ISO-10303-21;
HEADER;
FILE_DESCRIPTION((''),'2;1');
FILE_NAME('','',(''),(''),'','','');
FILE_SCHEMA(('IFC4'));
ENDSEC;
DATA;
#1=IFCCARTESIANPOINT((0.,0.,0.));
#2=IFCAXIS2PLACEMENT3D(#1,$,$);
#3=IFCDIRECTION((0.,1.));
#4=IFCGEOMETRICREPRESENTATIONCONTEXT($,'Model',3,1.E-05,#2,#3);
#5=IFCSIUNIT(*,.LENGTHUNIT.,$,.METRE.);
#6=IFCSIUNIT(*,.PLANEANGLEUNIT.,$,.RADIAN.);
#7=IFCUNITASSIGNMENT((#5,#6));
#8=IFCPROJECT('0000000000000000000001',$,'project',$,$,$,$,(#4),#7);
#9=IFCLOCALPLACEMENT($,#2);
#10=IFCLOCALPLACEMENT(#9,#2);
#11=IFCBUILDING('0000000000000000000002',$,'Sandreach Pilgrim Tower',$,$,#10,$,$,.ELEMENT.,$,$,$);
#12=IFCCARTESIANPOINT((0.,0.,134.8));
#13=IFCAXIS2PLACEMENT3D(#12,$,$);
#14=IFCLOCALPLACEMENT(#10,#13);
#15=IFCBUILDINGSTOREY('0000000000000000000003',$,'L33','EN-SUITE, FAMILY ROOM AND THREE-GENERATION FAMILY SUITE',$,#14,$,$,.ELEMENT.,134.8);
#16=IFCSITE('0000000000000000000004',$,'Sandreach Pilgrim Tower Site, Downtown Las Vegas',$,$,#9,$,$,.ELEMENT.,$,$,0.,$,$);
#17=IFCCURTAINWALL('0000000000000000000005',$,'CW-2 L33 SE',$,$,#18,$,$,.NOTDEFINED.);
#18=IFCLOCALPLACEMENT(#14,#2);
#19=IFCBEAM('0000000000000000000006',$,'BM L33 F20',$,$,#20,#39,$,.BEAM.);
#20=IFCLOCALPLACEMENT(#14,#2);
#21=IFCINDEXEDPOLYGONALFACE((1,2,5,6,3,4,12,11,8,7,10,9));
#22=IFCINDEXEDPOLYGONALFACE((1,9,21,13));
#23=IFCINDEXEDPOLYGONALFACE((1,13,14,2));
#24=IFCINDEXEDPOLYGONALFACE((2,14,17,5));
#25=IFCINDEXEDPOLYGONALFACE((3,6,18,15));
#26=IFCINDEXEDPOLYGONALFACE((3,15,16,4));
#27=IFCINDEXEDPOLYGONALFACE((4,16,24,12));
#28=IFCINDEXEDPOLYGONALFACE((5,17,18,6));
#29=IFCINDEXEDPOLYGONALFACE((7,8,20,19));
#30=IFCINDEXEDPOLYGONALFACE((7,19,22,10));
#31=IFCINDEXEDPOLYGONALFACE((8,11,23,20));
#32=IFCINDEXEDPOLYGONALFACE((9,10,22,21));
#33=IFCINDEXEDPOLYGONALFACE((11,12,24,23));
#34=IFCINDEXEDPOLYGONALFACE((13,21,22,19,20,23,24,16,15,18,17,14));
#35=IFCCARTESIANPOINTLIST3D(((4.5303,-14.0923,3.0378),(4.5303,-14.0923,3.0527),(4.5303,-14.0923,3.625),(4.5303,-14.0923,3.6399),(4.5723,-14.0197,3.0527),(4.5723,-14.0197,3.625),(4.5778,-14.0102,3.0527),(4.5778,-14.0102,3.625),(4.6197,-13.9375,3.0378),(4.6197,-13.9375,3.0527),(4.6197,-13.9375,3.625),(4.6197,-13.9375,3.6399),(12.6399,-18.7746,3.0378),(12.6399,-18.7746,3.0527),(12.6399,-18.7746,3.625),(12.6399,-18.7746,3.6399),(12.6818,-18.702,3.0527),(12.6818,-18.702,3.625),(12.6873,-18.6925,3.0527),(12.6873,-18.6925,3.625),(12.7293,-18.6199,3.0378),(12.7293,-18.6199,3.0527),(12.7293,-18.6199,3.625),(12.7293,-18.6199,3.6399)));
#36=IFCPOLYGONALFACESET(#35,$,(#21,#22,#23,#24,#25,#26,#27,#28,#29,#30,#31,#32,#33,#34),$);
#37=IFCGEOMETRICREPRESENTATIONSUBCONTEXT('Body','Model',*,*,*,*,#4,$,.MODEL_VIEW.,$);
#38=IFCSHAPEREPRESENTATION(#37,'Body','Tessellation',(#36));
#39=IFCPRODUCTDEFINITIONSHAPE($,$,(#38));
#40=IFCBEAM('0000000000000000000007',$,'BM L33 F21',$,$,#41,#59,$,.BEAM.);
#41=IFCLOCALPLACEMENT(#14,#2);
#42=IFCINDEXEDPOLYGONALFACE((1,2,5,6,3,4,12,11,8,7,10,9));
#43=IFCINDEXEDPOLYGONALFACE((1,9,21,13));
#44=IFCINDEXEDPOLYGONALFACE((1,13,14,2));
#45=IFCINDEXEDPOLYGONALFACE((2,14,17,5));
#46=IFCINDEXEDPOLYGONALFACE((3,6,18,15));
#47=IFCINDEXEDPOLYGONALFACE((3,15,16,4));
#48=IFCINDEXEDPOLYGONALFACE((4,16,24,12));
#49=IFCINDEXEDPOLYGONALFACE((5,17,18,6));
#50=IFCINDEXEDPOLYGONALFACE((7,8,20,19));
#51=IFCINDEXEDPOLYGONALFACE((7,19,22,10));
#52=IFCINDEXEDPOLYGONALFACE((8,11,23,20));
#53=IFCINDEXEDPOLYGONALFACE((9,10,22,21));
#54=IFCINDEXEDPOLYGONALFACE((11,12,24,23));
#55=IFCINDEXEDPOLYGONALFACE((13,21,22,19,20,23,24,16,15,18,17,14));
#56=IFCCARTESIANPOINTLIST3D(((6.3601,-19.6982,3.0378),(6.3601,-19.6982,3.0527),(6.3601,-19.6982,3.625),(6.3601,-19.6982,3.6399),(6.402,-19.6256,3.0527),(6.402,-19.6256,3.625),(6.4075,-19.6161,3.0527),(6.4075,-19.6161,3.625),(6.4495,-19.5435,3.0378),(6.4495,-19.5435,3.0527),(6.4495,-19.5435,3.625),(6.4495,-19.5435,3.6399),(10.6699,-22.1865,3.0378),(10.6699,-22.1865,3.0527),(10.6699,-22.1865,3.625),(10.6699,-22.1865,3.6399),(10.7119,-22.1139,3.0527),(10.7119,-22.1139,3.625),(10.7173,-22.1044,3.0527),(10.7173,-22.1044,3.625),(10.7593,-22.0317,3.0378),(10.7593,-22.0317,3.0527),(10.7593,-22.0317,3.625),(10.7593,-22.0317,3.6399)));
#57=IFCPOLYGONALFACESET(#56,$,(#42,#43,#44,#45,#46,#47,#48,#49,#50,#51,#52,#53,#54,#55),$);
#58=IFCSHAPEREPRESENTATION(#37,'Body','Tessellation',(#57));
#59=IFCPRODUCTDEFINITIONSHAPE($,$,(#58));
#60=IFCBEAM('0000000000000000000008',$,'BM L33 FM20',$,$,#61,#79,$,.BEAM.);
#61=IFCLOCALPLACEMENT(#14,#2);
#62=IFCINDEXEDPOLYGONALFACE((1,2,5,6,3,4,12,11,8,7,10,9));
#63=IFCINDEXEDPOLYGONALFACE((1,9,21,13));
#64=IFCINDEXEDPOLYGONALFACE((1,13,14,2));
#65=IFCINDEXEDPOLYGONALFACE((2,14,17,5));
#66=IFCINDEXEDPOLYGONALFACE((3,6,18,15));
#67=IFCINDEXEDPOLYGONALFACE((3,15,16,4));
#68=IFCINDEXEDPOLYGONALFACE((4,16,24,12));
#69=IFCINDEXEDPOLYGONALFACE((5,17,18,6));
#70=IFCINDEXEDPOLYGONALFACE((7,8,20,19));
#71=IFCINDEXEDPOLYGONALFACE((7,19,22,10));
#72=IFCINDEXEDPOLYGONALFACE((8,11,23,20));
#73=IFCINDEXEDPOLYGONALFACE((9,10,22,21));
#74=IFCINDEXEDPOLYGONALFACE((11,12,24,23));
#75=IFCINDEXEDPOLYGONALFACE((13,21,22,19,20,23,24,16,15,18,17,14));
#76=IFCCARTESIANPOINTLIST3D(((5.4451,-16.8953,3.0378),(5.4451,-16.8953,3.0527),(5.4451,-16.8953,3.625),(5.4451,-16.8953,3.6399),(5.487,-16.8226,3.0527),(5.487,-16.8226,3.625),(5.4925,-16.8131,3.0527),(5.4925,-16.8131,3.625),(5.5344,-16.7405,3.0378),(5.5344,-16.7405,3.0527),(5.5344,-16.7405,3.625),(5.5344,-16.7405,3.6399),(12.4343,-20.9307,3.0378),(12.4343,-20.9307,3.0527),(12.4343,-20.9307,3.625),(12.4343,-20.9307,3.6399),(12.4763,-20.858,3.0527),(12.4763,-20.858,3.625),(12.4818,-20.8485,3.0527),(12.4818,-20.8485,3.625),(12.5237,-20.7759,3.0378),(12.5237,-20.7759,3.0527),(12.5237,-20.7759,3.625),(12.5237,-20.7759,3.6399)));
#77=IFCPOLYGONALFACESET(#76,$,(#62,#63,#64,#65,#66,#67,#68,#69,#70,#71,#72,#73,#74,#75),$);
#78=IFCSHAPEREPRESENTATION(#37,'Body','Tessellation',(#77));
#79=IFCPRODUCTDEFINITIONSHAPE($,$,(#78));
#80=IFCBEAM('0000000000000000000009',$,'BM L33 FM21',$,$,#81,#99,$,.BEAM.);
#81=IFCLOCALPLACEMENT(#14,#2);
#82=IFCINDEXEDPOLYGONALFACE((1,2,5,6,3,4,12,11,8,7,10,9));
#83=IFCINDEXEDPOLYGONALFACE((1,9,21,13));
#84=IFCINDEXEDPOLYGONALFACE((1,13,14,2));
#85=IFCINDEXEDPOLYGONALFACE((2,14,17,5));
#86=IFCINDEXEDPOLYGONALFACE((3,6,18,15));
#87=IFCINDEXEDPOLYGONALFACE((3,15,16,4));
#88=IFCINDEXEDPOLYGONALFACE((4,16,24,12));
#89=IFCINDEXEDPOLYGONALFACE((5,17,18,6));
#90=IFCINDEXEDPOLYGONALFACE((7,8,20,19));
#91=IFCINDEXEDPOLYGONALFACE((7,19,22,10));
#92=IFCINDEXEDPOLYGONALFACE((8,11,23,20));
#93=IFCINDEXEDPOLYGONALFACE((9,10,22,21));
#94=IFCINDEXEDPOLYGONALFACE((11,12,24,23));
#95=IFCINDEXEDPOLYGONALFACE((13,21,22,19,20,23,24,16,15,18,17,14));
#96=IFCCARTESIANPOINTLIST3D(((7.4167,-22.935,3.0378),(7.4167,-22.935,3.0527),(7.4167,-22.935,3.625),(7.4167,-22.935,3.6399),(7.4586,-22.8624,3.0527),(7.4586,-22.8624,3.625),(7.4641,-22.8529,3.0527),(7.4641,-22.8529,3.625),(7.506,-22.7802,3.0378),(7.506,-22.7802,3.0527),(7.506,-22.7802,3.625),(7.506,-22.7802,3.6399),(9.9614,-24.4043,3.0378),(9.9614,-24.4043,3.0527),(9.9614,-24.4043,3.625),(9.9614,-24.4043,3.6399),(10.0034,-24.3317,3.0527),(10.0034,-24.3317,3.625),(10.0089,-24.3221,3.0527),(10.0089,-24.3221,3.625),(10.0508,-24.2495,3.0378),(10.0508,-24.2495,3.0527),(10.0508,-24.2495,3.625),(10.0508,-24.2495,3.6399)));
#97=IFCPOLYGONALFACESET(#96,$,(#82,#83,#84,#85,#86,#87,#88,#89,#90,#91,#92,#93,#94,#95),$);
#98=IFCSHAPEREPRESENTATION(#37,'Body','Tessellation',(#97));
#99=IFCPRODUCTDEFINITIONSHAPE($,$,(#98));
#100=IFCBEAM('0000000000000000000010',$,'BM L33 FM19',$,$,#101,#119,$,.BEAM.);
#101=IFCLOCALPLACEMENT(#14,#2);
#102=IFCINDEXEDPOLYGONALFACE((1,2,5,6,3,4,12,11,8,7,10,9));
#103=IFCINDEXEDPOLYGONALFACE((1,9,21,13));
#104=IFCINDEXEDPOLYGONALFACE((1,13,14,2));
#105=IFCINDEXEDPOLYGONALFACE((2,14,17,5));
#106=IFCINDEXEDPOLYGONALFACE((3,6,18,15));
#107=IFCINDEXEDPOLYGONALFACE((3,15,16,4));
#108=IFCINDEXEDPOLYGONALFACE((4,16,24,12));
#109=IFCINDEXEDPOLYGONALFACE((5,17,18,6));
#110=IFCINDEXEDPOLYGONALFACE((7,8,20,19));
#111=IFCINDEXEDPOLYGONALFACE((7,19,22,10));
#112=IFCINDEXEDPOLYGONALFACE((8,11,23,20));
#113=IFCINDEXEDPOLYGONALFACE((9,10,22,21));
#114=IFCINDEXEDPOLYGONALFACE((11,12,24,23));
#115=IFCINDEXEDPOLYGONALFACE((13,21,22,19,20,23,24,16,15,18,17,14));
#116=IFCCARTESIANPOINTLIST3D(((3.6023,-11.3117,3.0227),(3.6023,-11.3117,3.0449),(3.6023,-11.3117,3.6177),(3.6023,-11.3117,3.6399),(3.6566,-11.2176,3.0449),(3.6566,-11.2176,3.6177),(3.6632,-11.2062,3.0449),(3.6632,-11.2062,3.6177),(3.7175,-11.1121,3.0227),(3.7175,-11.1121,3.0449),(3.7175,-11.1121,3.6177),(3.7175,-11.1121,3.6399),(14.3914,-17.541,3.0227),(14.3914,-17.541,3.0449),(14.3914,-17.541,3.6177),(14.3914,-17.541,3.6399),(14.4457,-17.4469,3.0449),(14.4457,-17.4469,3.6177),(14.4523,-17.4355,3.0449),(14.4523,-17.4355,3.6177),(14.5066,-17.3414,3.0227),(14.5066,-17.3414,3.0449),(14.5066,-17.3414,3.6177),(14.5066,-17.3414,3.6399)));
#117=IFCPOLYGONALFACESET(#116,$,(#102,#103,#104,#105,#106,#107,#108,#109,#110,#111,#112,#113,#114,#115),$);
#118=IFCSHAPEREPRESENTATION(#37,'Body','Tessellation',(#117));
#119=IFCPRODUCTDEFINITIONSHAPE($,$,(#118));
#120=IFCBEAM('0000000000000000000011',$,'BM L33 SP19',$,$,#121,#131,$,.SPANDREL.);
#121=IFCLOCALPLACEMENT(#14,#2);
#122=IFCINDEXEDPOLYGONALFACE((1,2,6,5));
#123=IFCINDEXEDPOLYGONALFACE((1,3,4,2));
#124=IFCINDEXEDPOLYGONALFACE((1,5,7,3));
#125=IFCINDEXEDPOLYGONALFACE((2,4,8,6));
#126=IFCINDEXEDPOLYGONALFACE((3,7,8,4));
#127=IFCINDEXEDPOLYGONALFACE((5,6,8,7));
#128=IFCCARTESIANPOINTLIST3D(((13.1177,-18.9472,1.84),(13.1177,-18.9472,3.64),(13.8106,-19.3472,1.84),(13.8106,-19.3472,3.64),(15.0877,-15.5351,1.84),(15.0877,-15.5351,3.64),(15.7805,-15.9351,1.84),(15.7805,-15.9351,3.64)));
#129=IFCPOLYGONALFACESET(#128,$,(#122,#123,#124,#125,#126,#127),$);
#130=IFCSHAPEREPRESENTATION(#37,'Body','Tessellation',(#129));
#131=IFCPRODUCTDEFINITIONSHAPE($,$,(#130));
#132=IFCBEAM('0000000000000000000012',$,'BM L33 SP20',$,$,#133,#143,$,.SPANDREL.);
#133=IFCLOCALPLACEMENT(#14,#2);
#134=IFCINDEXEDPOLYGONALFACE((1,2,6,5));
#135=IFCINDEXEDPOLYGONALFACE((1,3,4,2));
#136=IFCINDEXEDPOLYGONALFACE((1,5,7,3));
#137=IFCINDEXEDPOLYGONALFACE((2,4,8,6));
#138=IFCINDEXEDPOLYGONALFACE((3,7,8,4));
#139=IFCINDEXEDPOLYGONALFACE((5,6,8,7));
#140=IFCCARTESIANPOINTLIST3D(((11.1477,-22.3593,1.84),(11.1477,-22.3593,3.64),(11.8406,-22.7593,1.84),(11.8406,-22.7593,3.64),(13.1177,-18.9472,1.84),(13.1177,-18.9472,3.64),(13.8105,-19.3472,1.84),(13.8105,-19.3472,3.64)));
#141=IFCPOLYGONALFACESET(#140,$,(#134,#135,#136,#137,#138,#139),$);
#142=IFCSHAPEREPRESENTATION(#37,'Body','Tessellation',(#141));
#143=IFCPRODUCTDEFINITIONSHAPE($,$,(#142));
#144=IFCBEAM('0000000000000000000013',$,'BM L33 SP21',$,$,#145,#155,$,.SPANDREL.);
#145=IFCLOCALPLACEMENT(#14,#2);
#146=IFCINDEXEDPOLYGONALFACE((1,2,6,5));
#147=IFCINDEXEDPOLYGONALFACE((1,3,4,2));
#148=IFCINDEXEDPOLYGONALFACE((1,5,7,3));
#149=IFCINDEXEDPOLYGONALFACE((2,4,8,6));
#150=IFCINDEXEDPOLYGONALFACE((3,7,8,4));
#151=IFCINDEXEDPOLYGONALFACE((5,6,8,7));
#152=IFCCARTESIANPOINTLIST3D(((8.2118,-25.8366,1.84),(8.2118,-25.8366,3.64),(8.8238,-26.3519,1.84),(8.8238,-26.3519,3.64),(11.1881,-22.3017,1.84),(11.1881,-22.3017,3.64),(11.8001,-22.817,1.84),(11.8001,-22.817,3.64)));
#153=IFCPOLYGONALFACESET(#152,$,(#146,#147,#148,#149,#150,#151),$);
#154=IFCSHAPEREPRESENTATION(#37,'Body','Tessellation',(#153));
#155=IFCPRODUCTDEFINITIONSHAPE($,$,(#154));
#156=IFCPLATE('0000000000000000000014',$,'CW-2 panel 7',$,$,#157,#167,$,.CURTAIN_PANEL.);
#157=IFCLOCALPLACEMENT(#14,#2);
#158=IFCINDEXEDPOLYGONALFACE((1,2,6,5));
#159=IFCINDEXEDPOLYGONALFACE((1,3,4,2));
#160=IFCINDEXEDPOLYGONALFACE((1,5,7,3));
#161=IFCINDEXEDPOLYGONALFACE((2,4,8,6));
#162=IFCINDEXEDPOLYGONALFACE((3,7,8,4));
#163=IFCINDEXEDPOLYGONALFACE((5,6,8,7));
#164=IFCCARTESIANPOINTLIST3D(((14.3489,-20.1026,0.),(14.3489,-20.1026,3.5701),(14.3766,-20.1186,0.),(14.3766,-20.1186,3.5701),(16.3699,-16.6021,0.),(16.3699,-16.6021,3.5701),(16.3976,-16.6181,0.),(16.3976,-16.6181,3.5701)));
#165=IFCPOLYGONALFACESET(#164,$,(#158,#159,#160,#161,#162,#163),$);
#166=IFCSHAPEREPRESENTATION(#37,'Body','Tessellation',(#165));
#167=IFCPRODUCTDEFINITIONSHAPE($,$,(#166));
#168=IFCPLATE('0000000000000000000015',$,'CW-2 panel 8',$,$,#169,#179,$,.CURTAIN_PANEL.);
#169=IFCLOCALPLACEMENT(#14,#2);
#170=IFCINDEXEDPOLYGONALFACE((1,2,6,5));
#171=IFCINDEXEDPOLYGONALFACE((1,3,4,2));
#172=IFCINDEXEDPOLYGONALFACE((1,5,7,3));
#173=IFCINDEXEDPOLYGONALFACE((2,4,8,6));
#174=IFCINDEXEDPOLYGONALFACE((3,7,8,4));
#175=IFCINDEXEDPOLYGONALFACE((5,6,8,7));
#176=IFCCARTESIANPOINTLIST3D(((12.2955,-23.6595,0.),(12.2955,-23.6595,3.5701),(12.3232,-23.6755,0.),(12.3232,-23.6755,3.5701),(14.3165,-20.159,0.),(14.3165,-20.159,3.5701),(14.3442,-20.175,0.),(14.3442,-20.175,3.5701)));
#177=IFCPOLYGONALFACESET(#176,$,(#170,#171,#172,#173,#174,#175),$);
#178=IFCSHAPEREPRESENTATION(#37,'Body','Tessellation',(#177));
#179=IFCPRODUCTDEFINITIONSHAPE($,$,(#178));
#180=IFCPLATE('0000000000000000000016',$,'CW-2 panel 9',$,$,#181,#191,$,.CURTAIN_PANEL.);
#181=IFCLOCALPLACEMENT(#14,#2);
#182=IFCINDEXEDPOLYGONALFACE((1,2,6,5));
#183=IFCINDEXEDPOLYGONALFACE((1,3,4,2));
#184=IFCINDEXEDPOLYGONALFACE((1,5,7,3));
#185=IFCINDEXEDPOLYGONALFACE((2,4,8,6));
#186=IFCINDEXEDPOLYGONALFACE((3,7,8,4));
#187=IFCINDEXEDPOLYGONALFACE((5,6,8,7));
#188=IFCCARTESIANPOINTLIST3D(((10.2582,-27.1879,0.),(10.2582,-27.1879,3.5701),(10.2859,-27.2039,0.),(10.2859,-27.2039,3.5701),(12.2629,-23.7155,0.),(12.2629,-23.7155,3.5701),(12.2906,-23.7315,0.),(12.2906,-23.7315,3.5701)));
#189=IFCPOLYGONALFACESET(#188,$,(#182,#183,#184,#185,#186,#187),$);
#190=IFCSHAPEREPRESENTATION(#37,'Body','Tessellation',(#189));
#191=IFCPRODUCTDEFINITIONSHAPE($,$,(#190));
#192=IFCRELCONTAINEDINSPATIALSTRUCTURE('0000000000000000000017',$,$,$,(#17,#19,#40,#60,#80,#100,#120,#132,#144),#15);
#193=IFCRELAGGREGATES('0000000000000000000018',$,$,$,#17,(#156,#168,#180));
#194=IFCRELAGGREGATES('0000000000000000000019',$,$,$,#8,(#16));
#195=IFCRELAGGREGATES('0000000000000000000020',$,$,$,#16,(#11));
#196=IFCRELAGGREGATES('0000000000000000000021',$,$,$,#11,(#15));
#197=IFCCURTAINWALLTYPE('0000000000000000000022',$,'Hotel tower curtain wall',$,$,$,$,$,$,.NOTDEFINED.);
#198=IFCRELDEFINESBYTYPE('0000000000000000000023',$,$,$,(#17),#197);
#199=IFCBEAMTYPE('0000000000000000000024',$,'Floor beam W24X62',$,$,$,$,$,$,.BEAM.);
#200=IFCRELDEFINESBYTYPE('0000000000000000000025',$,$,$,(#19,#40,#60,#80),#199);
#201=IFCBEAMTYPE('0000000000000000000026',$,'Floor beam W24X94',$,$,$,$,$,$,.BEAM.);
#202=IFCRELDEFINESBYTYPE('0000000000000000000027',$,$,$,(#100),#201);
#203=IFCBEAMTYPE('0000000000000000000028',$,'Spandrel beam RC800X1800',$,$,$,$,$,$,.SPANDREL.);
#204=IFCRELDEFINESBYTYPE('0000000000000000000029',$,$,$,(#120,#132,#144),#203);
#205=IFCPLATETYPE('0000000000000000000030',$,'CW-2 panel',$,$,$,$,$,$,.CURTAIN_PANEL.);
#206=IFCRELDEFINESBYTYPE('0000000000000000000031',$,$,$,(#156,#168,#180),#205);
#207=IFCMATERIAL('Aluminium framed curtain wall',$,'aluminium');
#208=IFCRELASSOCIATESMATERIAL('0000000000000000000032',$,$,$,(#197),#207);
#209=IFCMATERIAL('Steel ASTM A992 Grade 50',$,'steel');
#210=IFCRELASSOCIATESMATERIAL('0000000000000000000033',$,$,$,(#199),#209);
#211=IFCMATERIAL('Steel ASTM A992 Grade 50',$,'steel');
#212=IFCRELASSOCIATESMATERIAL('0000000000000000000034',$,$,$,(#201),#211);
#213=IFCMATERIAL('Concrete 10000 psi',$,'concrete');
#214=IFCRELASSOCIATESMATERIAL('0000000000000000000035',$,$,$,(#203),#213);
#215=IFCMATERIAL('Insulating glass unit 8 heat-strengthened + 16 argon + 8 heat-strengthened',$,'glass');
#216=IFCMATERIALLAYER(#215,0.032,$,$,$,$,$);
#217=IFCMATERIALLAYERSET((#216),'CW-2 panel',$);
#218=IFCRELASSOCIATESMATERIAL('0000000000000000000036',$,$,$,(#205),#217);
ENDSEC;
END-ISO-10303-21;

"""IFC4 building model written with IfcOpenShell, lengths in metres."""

from ifc_helpers import new_model, si_unit, direction, frame, origin, origin_2d, place, context, subcontext, project, spatial, rectangle, i_section, extrude, material, layer, layer_set, material_profile, profile_set, type_object, element, aggregate, save


model = new_model("IFC4")

# Units and contexts
model_context = context("Model", 3, precision=1e-05, world=origin(), true_north=direction((0.0, 1.0)))
body_context = subcontext(model_context, "Body", "Model", "MODEL_VIEW")
ifc_project = project(units=[si_unit("LENGTHUNIT", "METRE"), si_unit("PLANEANGLEUNIT", "RADIAN")], contexts=[model_context])

# Site, building, storey
site_placement = place(None, origin())
site = spatial("IfcSite", under=ifc_project, at=site_placement, Name="Sandreach Pilgrim Tower Site, Downtown Las Vegas", CompositionType="ELEMENT", RefElevation=0.0)
building_placement = place(site_placement, origin())
building = spatial("IfcBuilding", under=site, at=building_placement, Name="Sandreach Pilgrim Tower", CompositionType="ELEMENT")
storey_placement = place(building_placement, frame((0.0, 0.0, 134.8)))
storey = spatial("IfcBuildingStorey", under=building, at=storey_placement, Name="L33", Description="EN-SUITE, FAMILY ROOM AND THREE-GENERATION FAMILY SUITE", CompositionType="ELEMENT", Elevation=134.8)

# Curtain wall
ifc_material_1 = material(Name="Aluminium framed curtain wall", Category="aluminium")
curtain_wall_type = type_object("IfcCurtainWallType", Name="Hotel tower curtain wall", PredefinedType="NOTDEFINED", material=ifc_material_1)
curtain_wall_1_placement = place(storey_placement, origin())
curtain_wall_1 = element("IfcCurtainWall", 1, at=curtain_wall_1_placement, inside=storey, type_object=curtain_wall_type, Name="CW-2 L33 SE", PredefinedType="NOTDEFINED")

# Beams
ifc_material_2 = material(Name="Steel ASTM A992 Grade 50", Category="steel")
ifc_material_profile_1 = material_profile(ifc_material_2, i_section(OverallWidth=0.1787, OverallDepth=0.6021, WebThickness=0.011, FlangeThickness=0.0149, at=origin_2d()), Name="W24X62")
ifc_profile_set_1 = profile_set([ifc_material_profile_1], Name="Steel ASTM A992 Grade 50")
beam_type_1 = type_object("IfcBeamType", Name="Floor beam W24X62", PredefinedType="BEAM", material=ifc_profile_set_1)
beam_1_placement = place(storey_placement, frame((12.6846, -18.6973, 3.3389), z_axis=(-0.866012, 0.500023, 0.0), x_axis=(-0.500023, -0.866012, 0.0)))
element("IfcBeam", 2, at=beam_1_placement, inside=storey, type_object=beam_type_1, Name="BM L33 F20", PredefinedType="BEAM", context=body_context, shape_type="SweptSolid", body=[
    extrude(i_section(OverallWidth=0.1787, OverallDepth=0.6021, WebThickness=0.011, FlangeThickness=0.0149, at=origin_2d()), origin(), (0.0, 0.0, 1.0), 9.3643),
])
beam_2_placement = place(storey_placement, frame((10.7146, -22.1091, 3.3389), z_axis=(-0.866025, 0.500001, 0.0), x_axis=(-0.500001, -0.866025, 0.0)))
element("IfcBeam", 3, at=beam_2_placement, inside=storey, type_object=beam_type_1, Name="BM L33 F21", PredefinedType="BEAM", context=body_context, shape_type="SweptSolid", body=[
    extrude(i_section(OverallWidth=0.1787, OverallDepth=0.6021, WebThickness=0.011, FlangeThickness=0.0149, at=origin_2d()), origin(), (0.0, 0.0, 1.0), 4.9766),
])
beam_3_placement = place(storey_placement, frame((12.479, -20.8533, 3.3389), z_axis=(-0.866017, 0.500014, 0.0), x_axis=(-0.500014, -0.866017, 0.0)))
element("IfcBeam", 4, at=beam_3_placement, inside=storey, type_object=beam_type_1, Name="BM L33 FM20", PredefinedType="BEAM", context=body_context, shape_type="SweptSolid", body=[
    extrude(i_section(OverallWidth=0.1787, OverallDepth=0.6021, WebThickness=0.011, FlangeThickness=0.0149, at=origin_2d()), origin(), (0.0, 0.0, 1.0), 8.0706),
])
beam_4_placement = place(storey_placement, frame((10.0061, -24.3269, 3.3389), z_axis=(-0.866015, 0.500017, 0.0), x_axis=(-0.500017, -0.866015, 0.0)))
element("IfcBeam", 5, at=beam_4_placement, inside=storey, type_object=beam_type_1, Name="BM L33 FM21", PredefinedType="BEAM", context=body_context, shape_type="SweptSolid", body=[
    extrude(i_section(OverallWidth=0.1787, OverallDepth=0.6021, WebThickness=0.011, FlangeThickness=0.0149, at=origin_2d()), origin(), (0.0, 0.0, 1.0), 2.9385),
])
ifc_material_3 = material(Name="Steel ASTM A992 Grade 50", Category="steel")
ifc_material_profile_2 = material_profile(ifc_material_3, i_section(OverallWidth=0.2305, OverallDepth=0.6172, WebThickness=0.0132, FlangeThickness=0.0222, at=origin_2d()), Name="W24X94")
ifc_profile_set_2 = profile_set([ifc_material_profile_2], Name="Steel ASTM A992 Grade 50")
beam_type_2 = type_object("IfcBeamType", Name="Floor beam W24X94", PredefinedType="BEAM", material=ifc_profile_set_2)
beam_5_placement = place(storey_placement, frame((14.449, -17.4412, 3.3313), z_axis=(-0.866019, 0.500011, 0.0), x_axis=(-0.500011, -0.866019, 0.0)))
element("IfcBeam", 6, at=beam_5_placement, inside=storey, type_object=beam_type_2, Name="BM L33 FM19", PredefinedType="BEAM", context=body_context, shape_type="SweptSolid", body=[
    extrude(i_section(OverallWidth=0.2305, OverallDepth=0.6172, WebThickness=0.0132, FlangeThickness=0.0222, at=origin_2d()), origin(), (0.0, 0.0, 1.0), 12.4583),
])
ifc_material_4 = material(Name="Concrete 10000 psi", Category="concrete")
ifc_material_profile_3 = material_profile(ifc_material_4, rectangle(XDim=0.8, YDim=1.8, at=origin_2d()), Name="RC800X1800")
ifc_profile_set_3 = profile_set([ifc_material_profile_3], Name="Concrete 10000 psi")
beam_type_3 = type_object("IfcBeamType", Name="Spandrel beam RC800X1800", PredefinedType="SPANDREL", material=ifc_profile_set_3)
for number, where, z_axis, x_axis, name in (
    (7, (15.4341, -15.7351, 2.74), (-0.499998, -0.866027, 0.0), (0.866027, -0.499998, 0.0), "BM L33 SP19"),
    (8, (13.4641, -19.1472, 2.74), (-0.499998, -0.866027, 0.0), (0.866027, -0.499998, 0.0), "BM L33 SP20"),
):
    element("IfcBeam", number, at=place(storey_placement, frame(where, z_axis=z_axis, x_axis=x_axis)), inside=storey, type_object=beam_type_3, Name=name, PredefinedType="SPANDREL", context=body_context, shape_type="SweptSolid", body=[
        extrude(rectangle(XDim=0.8, YDim=1.8, at=origin_2d()), origin(), (0.0, 0.0, 1.0), 3.9399),
    ])
beam_6_placement = place(storey_placement, frame((11.4941, -22.5593, 2.74), z_axis=(-0.644079, -0.764959, 0.0), x_axis=(0.764959, -0.644079, 0.0)))
element("IfcBeam", 9, at=beam_6_placement, inside=storey, type_object=beam_type_3, Name="BM L33 SP21", PredefinedType="SPANDREL", context=body_context, shape_type="SweptSolid", body=[
    extrude(rectangle(XDim=0.8, YDim=1.8, at=origin_2d()), origin(), (0.0, 0.0, 1.0), 4.6211),
])

# Plates
ifc_material_5 = material(Name="Insulating glass unit 8 heat-strengthened + 16 argon + 8 heat-strengthened", Category="glass")
ifc_layer_1 = layer(ifc_material_5, 0.032)
ifc_layer_set_1 = layer_set([ifc_layer_1], Name="CW-2 panel")
plate_type = type_object("IfcPlateType", Name="CW-2 panel", PredefinedType="CURTAIN_PANEL", material=ifc_layer_set_1)
plate_1_placement = place(storey_placement, frame((15.3733, -18.3604, 0.0), z_axis=(0.0, 0.0, 1.0), x_axis=(-0.5, -0.866025, 0.0)))
plate_1 = element("IfcPlate", 10, at=plate_1_placement, type_object=plate_type, Name="CW-2 panel 7", PredefinedType="CURTAIN_PANEL", context=body_context, shape_type="SweptSolid", body=[
    extrude(rectangle(XDim=4.042, YDim=0.032, at=origin_2d()), origin(), (0.0, 0.0, 1.0), 3.5701),
])
plate_2_placement = place(storey_placement, frame((13.3198, -21.9172, 0.0), z_axis=(0.0, 0.0, 1.0), x_axis=(-0.5, -0.866025, 0.0)))
plate_2 = element("IfcPlate", 11, at=plate_2_placement, type_object=plate_type, Name="CW-2 panel 8", PredefinedType="CURTAIN_PANEL", context=body_context, shape_type="SweptSolid", body=[
    extrude(rectangle(XDim=4.042, YDim=0.032, at=origin_2d()), origin(), (0.0, 0.0, 1.0), 3.5701),
])
plate_3_placement = place(storey_placement, frame((11.2744, -25.4597, 0.0), z_axis=(0.0, 0.0, 1.0), x_axis=(-0.5, -0.866025, 0.0)))
plate_3 = element("IfcPlate", 12, at=plate_3_placement, type_object=plate_type, Name="CW-2 panel 9", PredefinedType="CURTAIN_PANEL", context=body_context, shape_type="SweptSolid", body=[
    extrude(rectangle(XDim=4.0095, YDim=0.032, at=origin_2d()), origin(), (0.0, 0.0, 1.0), 3.5701),
])
aggregate(curtain_wall_1, [plate_1, plate_2, plate_3])

save(model, "model.ifc")
